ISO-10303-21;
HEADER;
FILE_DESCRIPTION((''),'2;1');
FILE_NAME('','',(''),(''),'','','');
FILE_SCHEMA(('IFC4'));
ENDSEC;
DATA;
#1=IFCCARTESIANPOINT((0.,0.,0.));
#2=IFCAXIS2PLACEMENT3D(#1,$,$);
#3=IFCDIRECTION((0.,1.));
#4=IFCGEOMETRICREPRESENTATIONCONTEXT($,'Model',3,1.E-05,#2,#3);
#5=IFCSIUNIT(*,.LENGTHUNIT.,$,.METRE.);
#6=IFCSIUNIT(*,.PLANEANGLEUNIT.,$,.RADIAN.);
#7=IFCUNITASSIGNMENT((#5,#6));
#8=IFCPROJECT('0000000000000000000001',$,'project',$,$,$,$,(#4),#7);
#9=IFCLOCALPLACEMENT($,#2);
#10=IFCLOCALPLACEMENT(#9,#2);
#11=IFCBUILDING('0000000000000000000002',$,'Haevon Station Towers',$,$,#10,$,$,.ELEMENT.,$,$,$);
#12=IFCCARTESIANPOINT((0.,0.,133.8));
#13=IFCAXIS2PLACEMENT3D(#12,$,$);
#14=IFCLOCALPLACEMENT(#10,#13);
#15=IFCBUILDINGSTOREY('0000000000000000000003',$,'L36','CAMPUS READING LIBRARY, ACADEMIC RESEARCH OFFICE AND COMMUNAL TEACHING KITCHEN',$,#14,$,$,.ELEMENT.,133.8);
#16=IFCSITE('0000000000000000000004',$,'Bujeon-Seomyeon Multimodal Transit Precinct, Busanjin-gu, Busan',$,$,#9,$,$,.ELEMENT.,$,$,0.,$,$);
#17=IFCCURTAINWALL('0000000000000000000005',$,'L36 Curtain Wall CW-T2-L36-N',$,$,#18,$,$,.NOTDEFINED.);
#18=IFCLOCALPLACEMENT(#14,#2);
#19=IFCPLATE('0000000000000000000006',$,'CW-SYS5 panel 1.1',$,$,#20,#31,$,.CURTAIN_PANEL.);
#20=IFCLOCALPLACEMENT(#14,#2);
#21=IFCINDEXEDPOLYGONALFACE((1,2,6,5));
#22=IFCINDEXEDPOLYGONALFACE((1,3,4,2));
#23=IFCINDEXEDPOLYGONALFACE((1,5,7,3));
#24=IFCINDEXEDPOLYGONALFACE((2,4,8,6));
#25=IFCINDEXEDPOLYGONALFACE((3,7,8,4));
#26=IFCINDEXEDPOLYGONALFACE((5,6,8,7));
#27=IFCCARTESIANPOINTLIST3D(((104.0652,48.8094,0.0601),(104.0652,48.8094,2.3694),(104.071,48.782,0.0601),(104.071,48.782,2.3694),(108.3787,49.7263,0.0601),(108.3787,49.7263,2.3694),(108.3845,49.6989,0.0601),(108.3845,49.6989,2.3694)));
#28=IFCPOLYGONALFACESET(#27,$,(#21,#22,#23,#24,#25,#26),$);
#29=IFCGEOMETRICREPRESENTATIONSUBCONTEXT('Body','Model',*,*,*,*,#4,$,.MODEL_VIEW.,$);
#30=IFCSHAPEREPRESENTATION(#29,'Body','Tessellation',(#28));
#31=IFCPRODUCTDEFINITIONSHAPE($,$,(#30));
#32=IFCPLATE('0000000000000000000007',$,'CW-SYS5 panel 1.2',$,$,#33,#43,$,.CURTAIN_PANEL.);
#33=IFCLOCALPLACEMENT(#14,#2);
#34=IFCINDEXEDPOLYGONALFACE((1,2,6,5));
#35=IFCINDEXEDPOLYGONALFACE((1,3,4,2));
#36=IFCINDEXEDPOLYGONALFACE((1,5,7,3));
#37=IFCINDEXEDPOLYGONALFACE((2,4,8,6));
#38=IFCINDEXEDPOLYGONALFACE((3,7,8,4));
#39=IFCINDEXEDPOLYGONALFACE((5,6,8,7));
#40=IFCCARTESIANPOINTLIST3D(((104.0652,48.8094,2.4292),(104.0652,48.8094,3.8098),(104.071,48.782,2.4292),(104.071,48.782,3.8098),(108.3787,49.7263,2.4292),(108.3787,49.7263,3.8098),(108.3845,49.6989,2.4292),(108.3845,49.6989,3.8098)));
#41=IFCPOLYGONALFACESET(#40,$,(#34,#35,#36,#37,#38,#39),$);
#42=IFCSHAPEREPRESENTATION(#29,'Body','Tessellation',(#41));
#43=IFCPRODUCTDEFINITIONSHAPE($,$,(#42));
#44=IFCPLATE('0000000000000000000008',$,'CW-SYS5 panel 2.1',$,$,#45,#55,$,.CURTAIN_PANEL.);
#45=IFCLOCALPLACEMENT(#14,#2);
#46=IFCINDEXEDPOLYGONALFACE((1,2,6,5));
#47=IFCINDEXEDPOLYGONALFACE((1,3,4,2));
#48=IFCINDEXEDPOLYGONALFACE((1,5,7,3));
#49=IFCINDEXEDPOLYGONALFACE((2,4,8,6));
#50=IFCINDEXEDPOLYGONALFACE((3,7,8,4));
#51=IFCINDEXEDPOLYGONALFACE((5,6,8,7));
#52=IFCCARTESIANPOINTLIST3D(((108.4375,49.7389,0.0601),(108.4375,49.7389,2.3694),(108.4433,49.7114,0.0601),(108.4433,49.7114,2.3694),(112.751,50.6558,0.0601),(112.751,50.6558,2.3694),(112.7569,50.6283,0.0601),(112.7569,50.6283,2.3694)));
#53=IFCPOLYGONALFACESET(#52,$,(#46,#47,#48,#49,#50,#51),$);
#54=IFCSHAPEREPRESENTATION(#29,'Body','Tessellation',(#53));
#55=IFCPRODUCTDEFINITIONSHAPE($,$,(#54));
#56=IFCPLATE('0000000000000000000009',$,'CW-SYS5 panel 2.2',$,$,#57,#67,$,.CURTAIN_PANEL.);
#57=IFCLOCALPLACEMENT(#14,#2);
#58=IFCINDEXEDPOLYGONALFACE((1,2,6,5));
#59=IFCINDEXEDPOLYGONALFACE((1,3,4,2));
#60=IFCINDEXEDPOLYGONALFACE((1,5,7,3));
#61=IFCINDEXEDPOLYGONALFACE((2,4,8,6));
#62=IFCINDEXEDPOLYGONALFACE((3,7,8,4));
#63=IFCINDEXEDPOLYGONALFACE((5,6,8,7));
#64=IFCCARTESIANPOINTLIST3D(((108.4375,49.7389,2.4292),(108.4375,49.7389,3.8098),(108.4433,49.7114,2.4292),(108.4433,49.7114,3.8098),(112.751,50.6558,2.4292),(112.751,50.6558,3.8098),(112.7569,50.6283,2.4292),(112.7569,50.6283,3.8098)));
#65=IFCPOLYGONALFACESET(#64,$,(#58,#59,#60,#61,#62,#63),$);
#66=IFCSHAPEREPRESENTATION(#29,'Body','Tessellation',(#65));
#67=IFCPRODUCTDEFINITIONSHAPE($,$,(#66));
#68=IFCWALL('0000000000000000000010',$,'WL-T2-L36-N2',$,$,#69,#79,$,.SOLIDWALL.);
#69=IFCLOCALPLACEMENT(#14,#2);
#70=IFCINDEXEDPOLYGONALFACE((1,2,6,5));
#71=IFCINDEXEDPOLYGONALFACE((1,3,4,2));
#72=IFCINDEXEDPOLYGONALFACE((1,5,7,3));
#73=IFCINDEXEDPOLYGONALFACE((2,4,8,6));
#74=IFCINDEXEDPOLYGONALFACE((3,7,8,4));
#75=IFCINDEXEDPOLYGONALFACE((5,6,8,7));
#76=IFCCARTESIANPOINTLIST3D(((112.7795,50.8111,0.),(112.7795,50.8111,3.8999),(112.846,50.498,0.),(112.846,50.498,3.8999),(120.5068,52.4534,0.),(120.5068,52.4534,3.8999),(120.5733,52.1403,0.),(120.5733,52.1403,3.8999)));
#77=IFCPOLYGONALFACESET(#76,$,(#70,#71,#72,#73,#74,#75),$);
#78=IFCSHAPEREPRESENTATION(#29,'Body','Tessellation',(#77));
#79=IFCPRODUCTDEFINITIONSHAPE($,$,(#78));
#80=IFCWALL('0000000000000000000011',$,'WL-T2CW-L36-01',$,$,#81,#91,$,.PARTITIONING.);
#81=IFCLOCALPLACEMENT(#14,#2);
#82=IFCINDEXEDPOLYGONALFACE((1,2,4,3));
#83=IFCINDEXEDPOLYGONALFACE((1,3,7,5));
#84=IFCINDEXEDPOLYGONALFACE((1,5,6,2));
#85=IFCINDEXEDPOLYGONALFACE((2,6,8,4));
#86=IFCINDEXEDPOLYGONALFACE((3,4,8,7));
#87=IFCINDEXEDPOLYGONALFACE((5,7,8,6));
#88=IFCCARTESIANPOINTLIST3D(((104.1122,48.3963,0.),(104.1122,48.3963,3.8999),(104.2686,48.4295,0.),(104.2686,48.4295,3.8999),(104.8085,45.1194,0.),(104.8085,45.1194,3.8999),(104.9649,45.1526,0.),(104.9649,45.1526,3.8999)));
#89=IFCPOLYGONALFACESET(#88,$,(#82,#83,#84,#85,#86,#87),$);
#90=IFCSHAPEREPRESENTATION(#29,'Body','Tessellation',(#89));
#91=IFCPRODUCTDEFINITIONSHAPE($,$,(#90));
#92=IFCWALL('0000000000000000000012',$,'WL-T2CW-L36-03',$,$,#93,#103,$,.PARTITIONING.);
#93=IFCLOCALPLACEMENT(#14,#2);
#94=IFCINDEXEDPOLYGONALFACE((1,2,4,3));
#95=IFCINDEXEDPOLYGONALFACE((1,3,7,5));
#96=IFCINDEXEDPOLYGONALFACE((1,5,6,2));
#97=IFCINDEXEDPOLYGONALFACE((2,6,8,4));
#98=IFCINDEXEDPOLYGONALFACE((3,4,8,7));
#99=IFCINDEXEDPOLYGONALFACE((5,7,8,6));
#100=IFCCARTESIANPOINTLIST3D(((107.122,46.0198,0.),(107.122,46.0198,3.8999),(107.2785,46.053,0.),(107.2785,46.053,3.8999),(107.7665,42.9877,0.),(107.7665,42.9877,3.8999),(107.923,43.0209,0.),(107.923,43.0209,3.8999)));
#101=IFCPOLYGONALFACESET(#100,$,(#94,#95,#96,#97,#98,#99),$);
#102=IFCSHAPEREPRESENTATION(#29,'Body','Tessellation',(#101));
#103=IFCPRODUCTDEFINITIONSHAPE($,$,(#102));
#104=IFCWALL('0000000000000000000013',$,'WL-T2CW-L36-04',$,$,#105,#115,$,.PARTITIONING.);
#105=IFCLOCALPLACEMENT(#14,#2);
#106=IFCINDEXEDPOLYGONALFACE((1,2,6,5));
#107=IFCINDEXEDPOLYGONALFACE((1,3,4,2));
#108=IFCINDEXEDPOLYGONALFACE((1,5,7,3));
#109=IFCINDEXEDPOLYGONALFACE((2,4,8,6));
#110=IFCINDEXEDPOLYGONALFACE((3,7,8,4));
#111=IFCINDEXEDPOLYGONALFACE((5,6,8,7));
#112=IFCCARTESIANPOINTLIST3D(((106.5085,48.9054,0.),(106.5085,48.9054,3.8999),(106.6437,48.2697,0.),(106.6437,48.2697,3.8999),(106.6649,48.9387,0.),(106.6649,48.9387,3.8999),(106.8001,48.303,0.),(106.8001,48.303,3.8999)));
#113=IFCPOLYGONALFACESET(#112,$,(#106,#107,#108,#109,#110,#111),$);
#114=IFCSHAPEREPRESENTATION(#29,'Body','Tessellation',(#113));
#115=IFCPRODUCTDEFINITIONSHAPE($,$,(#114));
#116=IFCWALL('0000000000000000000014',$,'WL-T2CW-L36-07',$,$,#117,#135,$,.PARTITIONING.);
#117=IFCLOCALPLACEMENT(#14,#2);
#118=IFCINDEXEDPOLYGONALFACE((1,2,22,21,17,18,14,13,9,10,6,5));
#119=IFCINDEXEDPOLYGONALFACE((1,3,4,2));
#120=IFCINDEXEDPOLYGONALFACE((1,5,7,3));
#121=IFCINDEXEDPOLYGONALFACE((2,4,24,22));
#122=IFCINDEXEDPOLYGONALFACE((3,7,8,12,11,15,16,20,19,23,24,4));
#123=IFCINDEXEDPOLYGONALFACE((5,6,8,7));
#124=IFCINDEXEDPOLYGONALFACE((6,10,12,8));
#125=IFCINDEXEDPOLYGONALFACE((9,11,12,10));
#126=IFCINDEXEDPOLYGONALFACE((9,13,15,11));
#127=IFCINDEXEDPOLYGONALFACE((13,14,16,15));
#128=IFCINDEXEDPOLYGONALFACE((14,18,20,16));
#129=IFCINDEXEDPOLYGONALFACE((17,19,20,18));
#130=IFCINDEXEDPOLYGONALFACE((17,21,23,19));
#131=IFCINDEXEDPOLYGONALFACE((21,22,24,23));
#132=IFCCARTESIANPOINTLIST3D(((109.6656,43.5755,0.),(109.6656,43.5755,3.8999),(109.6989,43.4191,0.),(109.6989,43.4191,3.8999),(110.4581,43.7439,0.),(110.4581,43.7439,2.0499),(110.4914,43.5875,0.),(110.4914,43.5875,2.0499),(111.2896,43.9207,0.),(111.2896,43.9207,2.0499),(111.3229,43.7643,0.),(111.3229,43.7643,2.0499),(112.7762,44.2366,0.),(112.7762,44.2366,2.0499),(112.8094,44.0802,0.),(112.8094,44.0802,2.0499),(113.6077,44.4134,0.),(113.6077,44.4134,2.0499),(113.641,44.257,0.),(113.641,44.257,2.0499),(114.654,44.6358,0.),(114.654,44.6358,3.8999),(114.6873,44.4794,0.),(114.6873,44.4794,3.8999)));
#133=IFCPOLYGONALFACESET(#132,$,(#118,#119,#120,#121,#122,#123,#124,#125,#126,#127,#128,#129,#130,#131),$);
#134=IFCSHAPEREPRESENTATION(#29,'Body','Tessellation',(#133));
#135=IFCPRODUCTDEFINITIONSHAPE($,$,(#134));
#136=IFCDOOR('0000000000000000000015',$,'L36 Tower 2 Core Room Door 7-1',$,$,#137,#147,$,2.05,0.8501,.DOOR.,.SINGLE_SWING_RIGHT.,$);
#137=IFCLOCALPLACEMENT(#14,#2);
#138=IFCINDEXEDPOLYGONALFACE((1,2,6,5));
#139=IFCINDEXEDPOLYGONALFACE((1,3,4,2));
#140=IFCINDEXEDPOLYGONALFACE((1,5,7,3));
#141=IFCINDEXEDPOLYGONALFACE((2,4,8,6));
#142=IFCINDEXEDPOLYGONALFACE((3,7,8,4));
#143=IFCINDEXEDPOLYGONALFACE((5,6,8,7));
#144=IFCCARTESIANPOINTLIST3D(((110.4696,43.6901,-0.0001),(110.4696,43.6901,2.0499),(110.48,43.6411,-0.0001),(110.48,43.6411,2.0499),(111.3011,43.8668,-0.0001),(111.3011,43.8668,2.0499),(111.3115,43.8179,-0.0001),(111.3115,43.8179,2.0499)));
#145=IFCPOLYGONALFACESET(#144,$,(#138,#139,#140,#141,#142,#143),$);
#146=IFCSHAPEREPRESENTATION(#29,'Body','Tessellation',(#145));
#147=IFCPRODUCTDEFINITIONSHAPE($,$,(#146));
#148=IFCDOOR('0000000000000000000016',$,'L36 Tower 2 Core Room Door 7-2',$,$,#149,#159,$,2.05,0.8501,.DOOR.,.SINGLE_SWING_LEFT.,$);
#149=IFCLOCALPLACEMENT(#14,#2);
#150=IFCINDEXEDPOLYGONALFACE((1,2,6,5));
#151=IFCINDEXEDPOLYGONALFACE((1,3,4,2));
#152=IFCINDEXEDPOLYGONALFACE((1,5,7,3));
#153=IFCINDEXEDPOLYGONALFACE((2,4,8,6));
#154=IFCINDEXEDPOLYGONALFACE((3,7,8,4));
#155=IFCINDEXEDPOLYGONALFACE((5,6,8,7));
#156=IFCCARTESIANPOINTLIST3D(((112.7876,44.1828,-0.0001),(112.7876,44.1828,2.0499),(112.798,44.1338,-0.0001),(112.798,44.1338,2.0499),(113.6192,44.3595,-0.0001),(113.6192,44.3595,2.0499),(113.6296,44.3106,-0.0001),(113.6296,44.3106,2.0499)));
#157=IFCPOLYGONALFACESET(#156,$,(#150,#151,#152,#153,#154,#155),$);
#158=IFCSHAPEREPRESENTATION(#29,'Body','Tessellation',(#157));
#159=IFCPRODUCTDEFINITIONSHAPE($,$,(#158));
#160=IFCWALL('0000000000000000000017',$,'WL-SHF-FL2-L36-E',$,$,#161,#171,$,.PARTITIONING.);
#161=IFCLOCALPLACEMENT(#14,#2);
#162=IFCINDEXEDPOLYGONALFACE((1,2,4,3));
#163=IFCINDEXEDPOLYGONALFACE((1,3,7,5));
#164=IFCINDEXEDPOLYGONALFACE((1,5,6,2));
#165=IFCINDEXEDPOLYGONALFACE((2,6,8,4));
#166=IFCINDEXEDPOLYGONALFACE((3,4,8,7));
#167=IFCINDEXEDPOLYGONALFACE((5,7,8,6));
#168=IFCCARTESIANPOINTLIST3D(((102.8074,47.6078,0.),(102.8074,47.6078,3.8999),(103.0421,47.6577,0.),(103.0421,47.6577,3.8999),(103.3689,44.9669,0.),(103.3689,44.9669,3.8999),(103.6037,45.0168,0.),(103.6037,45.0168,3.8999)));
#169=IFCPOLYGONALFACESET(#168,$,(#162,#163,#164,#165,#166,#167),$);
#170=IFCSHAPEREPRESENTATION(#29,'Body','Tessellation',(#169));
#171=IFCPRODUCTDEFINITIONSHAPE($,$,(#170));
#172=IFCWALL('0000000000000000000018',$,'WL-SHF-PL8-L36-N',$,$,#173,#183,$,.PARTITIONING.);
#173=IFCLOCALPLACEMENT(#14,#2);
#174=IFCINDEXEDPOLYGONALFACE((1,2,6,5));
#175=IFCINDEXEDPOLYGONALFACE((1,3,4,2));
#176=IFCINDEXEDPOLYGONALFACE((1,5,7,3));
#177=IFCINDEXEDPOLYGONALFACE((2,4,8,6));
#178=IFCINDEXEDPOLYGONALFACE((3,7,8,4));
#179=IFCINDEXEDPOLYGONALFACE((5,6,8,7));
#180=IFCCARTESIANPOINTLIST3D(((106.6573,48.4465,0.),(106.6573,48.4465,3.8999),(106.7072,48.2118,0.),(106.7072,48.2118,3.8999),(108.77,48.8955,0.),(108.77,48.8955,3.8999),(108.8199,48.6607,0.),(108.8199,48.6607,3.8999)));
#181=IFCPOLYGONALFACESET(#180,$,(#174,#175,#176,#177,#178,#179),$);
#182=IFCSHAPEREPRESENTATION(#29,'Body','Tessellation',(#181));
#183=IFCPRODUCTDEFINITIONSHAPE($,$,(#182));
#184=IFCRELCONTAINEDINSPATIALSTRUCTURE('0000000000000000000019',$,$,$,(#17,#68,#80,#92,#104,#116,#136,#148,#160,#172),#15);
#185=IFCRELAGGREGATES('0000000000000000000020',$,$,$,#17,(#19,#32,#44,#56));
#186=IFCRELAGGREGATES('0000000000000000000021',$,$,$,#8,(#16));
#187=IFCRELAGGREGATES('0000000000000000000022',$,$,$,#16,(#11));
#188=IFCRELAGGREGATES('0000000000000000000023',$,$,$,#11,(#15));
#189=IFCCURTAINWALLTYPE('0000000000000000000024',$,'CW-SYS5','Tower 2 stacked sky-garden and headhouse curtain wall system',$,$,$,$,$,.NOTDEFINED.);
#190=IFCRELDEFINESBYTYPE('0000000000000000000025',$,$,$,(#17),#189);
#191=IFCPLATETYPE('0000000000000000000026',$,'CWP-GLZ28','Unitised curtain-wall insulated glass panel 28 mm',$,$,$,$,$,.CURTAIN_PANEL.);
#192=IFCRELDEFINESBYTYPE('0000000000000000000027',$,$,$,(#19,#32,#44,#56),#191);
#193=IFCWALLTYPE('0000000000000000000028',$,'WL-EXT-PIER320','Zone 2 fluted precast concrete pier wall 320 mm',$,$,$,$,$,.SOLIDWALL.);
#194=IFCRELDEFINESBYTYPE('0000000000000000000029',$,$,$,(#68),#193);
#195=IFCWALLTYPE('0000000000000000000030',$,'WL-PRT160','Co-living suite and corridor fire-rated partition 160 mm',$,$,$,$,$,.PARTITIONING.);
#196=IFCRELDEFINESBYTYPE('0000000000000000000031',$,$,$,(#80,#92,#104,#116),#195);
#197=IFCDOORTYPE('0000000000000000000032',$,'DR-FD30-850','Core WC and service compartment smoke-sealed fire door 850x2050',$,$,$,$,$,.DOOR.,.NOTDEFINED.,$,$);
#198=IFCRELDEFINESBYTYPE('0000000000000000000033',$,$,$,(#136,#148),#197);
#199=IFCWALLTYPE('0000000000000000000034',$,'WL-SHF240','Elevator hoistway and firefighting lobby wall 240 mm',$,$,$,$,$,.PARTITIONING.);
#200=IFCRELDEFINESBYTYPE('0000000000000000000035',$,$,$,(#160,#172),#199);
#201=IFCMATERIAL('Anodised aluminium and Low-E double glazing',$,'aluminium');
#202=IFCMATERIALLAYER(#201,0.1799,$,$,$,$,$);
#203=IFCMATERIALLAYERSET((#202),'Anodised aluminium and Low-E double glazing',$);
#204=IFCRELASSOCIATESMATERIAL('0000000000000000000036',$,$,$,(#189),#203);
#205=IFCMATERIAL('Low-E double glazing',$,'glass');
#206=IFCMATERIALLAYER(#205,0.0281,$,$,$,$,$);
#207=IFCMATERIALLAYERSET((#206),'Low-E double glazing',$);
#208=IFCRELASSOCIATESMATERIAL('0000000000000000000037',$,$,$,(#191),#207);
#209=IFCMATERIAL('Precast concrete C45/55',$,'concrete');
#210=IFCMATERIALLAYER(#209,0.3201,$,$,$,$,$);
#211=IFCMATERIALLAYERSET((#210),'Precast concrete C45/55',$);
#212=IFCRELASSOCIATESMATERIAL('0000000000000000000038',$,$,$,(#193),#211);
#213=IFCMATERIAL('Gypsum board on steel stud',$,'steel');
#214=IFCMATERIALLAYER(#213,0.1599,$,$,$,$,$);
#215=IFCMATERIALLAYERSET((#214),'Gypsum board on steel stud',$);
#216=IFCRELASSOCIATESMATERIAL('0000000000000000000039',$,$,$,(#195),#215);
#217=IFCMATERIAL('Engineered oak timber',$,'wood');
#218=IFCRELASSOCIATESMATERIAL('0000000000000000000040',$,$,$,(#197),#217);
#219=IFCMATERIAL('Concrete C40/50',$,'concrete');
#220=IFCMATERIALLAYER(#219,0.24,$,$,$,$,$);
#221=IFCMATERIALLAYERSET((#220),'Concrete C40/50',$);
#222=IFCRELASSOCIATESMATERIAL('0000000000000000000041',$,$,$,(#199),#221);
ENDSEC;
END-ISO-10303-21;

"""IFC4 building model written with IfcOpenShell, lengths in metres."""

from ifc_helpers import new_model, si_unit, direction, frame, frame_2d, origin, origin_2d, place, context, subcontext, project, spatial, rectangle, extrude, material, layer, layer_set, type_object, element, fill, aggregate, save


model = new_model("IFC4")

# Units and contexts
model_context = context("Model", 3, precision=1e-05, world=origin(), true_north=direction((0.0, 1.0)))
body_context = subcontext(model_context, "Body", "Model", "MODEL_VIEW")
ifc_project = project(units=[si_unit("LENGTHUNIT", "METRE"), si_unit("PLANEANGLEUNIT", "RADIAN")], contexts=[model_context])

# Site, building, storey
site_placement = place(None, origin())
site = spatial("IfcSite", under=ifc_project, at=site_placement, Name="Bujeon-Seomyeon Multimodal Transit Precinct, Busanjin-gu, Busan", CompositionType="ELEMENT", RefElevation=0.0)
building_placement = place(site_placement, origin())
building = spatial("IfcBuilding", under=site, at=building_placement, Name="Haevon Station Towers", CompositionType="ELEMENT")
storey_placement = place(building_placement, frame((0.0, 0.0, 133.8)))
storey = spatial("IfcBuildingStorey", under=building, at=storey_placement, Name="L36", Description="CAMPUS READING LIBRARY, ACADEMIC RESEARCH OFFICE AND COMMUNAL TEACHING KITCHEN", CompositionType="ELEMENT", Elevation=133.8)

# Curtain wall, plates
ifc_material_1 = material(Name="Anodised aluminium and Low-E double glazing", Category="aluminium")
ifc_layer_1 = layer(ifc_material_1, 0.1799)
ifc_layer_set_1 = layer_set([ifc_layer_1], Name="Anodised aluminium and Low-E double glazing")
curtain_wall_type = type_object("IfcCurtainWallType", Name="CW-SYS5", Description="Tower 2 stacked sky-garden and headhouse curtain wall system", PredefinedType="NOTDEFINED", material=ifc_layer_set_1)
curtain_wall_placement = place(storey_placement, origin())
curtain_wall = element("IfcCurtainWall", 1, at=curtain_wall_placement, inside=storey, type_object=curtain_wall_type, Name="L36 Curtain Wall CW-T2-L36-N", PredefinedType="NOTDEFINED")
ifc_material_2 = material(Name="Low-E double glazing", Category="glass")
ifc_layer_2 = layer(ifc_material_2, 0.0281)
ifc_layer_set_2 = layer_set([ifc_layer_2], Name="Low-E double glazing")
plate_type = type_object("IfcPlateType", Name="CWP-GLZ28", Description="Unitised curtain-wall insulated glass panel 28 mm", PredefinedType="CURTAIN_PANEL", material=ifc_layer_set_2)
plate_1_placement = place(storey_placement, frame((106.2249, 49.2542, 0.0601), z_axis=(0.0, 0.0, 1.0), x_axis=(0.978148, 0.207912, 0.0)))
plate_1 = element("IfcPlate", 2, at=plate_1_placement, type_object=plate_type, Name="CW-SYS5 panel 1.1", PredefinedType="CURTAIN_PANEL", context=body_context, shape_type="SweptSolid", body=[
    extrude(rectangle(XDim=4.4099, YDim=0.0281, at=origin_2d()), origin(), (0.0, 0.0, 1.0), 2.3093),
])
plate_2_placement = place(storey_placement, frame((106.2249, 49.2542, 2.4292), z_axis=(0.0, 0.0, 1.0), x_axis=(0.978148, 0.207912, 0.0)))
plate_2 = element("IfcPlate", 3, at=plate_2_placement, type_object=plate_type, Name="CW-SYS5 panel 1.2", PredefinedType="CURTAIN_PANEL", context=body_context, shape_type="SweptSolid", body=[
    extrude(rectangle(XDim=4.4099, YDim=0.0281, at=origin_2d()), origin(), (0.0, 0.0, 1.0), 1.3806),
])
plate_3_placement = place(storey_placement, frame((110.5972, 50.1836, 0.0601), z_axis=(0.0, 0.0, 1.0), x_axis=(0.978148, 0.207912, 0.0)))
plate_3 = element("IfcPlate", 4, at=plate_3_placement, type_object=plate_type, Name="CW-SYS5 panel 2.1", PredefinedType="CURTAIN_PANEL", context=body_context, shape_type="SweptSolid", body=[
    extrude(rectangle(XDim=4.4099, YDim=0.0281, at=origin_2d()), origin(), (0.0, 0.0, 1.0), 2.3093),
])
plate_4_placement = place(storey_placement, frame((110.5972, 50.1836, 2.4292), z_axis=(0.0, 0.0, 1.0), x_axis=(0.978148, 0.207912, 0.0)))
plate_4 = element("IfcPlate", 5, at=plate_4_placement, type_object=plate_type, Name="CW-SYS5 panel 2.2", PredefinedType="CURTAIN_PANEL", context=body_context, shape_type="SweptSolid", body=[
    extrude(rectangle(XDim=4.4099, YDim=0.0281, at=origin_2d()), origin(), (0.0, 0.0, 1.0), 1.3806),
])
aggregate(curtain_wall, [plate_1, plate_2, plate_3, plate_4])

# Walls
ifc_material_3 = material(Name="Precast concrete C45/55", Category="concrete")
ifc_layer_3 = layer(ifc_material_3, 0.3201)
ifc_layer_set_3 = layer_set([ifc_layer_3], Name="Precast concrete C45/55")
wall_type_1 = type_object("IfcWallType", Name="WL-EXT-PIER320", Description="Zone 2 fluted precast concrete pier wall 320 mm", PredefinedType="SOLIDWALL", material=ifc_layer_set_3)
wall_1_placement = place(storey_placement, frame((112.8127, 50.6545, 0.0), z_axis=(0.0, 0.0, 1.0), x_axis=(0.978152, 0.207893, 0.0)))
element("IfcWall", 6, at=wall_1_placement, inside=storey, type_object=wall_type_1, Name="WL-T2-L36-N2", PredefinedType="SOLIDWALL", context=body_context, shape_type="SweptSolid", body=[
    extrude(rectangle(XDim=7.8999, YDim=0.3201, at=frame_2d((3.95, 0.0))), origin(), (0.0, 0.0, 1.0), 3.8999),
])
ifc_material_4 = material(Name="Gypsum board on steel stud", Category="steel")
ifc_layer_4 = layer(ifc_material_4, 0.1599)
ifc_layer_set_4 = layer_set([ifc_layer_4], Name="Gypsum board on steel stud")
wall_type_2 = type_object("IfcWallType", Name="WL-PRT160", Description="Co-living suite and corridor fire-rated partition 160 mm", PredefinedType="PARTITIONING", material=ifc_layer_set_4)
wall_2_placement = place(storey_placement, frame((104.8867, 45.136, 0.0), z_axis=(0.0, 0.0, 1.0), x_axis=(-0.207847, 0.978161, 0.0)))
element("IfcWall", 7, at=wall_2_placement, inside=storey, type_object=wall_type_2, Name="WL-T2CW-L36-01", PredefinedType="PARTITIONING", context=body_context, shape_type="SweptSolid", body=[
    extrude(rectangle(XDim=3.3501, YDim=0.1599, at=frame_2d((1.675, 0.0))), origin(), (0.0, 0.0, 1.0), 3.8999),
])
wall_3_placement = place(storey_placement, frame((107.8447, 43.0044, 0.0), z_axis=(0.0, 0.0, 1.0), x_axis=(-0.207915, 0.978147, 0.0)))
element("IfcWall", 8, at=wall_3_placement, inside=storey, type_object=wall_type_2, Name="WL-T2CW-L36-03", PredefinedType="PARTITIONING", context=body_context, shape_type="SweptSolid", body=[
    extrude(rectangle(XDim=3.0999, YDim=0.1599, at=frame_2d((1.5498, 0.0))), origin(), (0.0, 0.0, 1.0), 3.8999),
])
wall_4_placement = place(storey_placement, frame((106.7219, 48.2864, 0.0), z_axis=(0.0, 0.0, 1.0), x_axis=(-0.208092, 0.978109, 0.0)))
element("IfcWall", 9, at=wall_4_placement, inside=storey, type_object=wall_type_2, Name="WL-T2CW-L36-04", PredefinedType="PARTITIONING", context=body_context, shape_type="SweptSolid", body=[
    extrude(rectangle(XDim=0.6499, YDim=0.1599, at=frame_2d((0.325, 0.0))), origin(), (0.0, 0.0, 1.0), 3.8999),
])

# Wall, openings, doors
wall_5_placement = place(storey_placement, frame((109.6824, 43.4973, 0.0), z_axis=(0.0, 0.0, 1.0), x_axis=(0.978149, 0.207904, 0.0)))
wall_5 = element("IfcWall", 10, at=wall_5_placement, inside=storey, type_object=wall_type_2, Name="WL-T2CW-L36-07", PredefinedType="PARTITIONING", context=body_context, shape_type="SweptSolid", body=[
    extrude(rectangle(XDim=5.0999, YDim=0.1599, at=frame_2d((2.5498, 0.0))), origin(), (0.0, 0.0, 1.0), 3.8999),
])
opening_1_placement = place(wall_5_placement, frame((0.8101, 0.0, 0.0)))
opening_1 = element("IfcOpeningElement", 11, at=opening_1_placement, cuts=wall_5, PredefinedType="OPENING", context=body_context, shape_type="SweptSolid", body=[
    extrude(rectangle(XDim=0.8501, YDim=2.05, at=frame_2d((0.425, 1.0249))), frame((0.0, 0.0898, 0.0), z_axis=(0.0, -1.0, 0.0), x_axis=(1.0, 0.0, 0.0)), (0.0, 0.0, 1.0), 0.1799),
])
opening_2_placement = place(wall_5_placement, frame((3.1799, 0.0, 0.0)))
opening_2 = element("IfcOpeningElement", 12, at=opening_2_placement, cuts=wall_5, PredefinedType="OPENING", context=body_context, shape_type="SweptSolid", body=[
    extrude(rectangle(XDim=0.8501, YDim=2.05, at=frame_2d((0.425, 1.0249))), frame((0.0, 0.0898, 0.0), z_axis=(0.0, -1.0, 0.0), x_axis=(1.0, 0.0, 0.0)), (0.0, 0.0, 1.0), 0.1799),
])
ifc_material_5 = material(Name="Engineered oak timber", Category="wood")
door_type_1 = type_object("IfcDoorType", Name="DR-FD30-850", Description="Core WC and service compartment smoke-sealed fire door 850x2050", OperationType="NOTDEFINED", PredefinedType="DOOR", material=ifc_material_5)
door_1_placement = place(opening_1_placement, origin())
door_1 = element("IfcDoor", 13, at=door_1_placement, inside=storey, type_object=door_type_1, Name="L36 Tower 2 Core Room Door 7-1", OperationType="SINGLE_SWING_RIGHT", OverallHeight=2.05, OverallWidth=0.8501, PredefinedType="DOOR", context=body_context, shape_type="SweptSolid", body=[
    extrude(rectangle(XDim=0.8501, YDim=2.05, at=frame_2d((0.425, 1.0249))), frame((0.0, 0.0249, 0.0), z_axis=(0.0, -1.0, 0.0), x_axis=(1.0, 0.0, 0.0)), (0.0, 0.0, 1.0), 0.05),
])
fill(opening_1, door_1)
door_2_placement = place(opening_2_placement, origin())
door_2 = element("IfcDoor", 14, at=door_2_placement, inside=storey, type_object=door_type_1, Name="L36 Tower 2 Core Room Door 7-2", OperationType="SINGLE_SWING_LEFT", OverallHeight=2.05, OverallWidth=0.8501, PredefinedType="DOOR", context=body_context, shape_type="SweptSolid", body=[
    extrude(rectangle(XDim=0.8501, YDim=2.05, at=frame_2d((0.425, 1.0249))), frame((0.0, 0.0249, 0.0), z_axis=(0.0, -1.0, 0.0), x_axis=(1.0, 0.0, 0.0)), (0.0, 0.0, 1.0), 0.05),
])
fill(opening_2, door_2)

# Wall
ifc_material_6 = material(Name="Concrete C40/50", Category="concrete")
ifc_layer_5 = layer(ifc_material_6, 0.24)
ifc_layer_set_5 = layer_set([ifc_layer_5], Name="Concrete C40/50")
wall_type_3 = type_object("IfcWallType", Name="WL-SHF240", Description="Elevator hoistway and firefighting lobby wall 240 mm", PredefinedType="PARTITIONING", material=ifc_layer_set_5)
wall_6_placement = place(storey_placement, frame((103.4863, 44.9917, 0.0), z_axis=(0.0, 0.0, 1.0), x_axis=(-0.207979, 0.978133, 0.0)))
element("IfcWall", 15, at=wall_6_placement, inside=storey, type_object=wall_type_3, Name="WL-SHF-FL2-L36-E", PredefinedType="PARTITIONING", context=body_context, shape_type="SweptSolid", body=[
    extrude(rectangle(XDim=2.7, YDim=0.24, at=frame_2d((1.3501, 0.0))), origin(), (0.0, 0.0, 1.0), 3.8999),
])

# Wall
wall_7_placement = place(storey_placement, frame((106.6821, 48.3291, 0.0), z_axis=(0.0, 0.0, 1.0), x_axis=(0.978158, 0.207861, 0.0)))
element("IfcWall", 16, at=wall_7_placement, inside=storey, type_object=wall_type_3, Name="WL-SHF-PL8-L36-N", PredefinedType="PARTITIONING", context=body_context, shape_type="SweptSolid", body=[
    extrude(rectangle(XDim=2.1599, YDim=0.24, at=frame_2d((1.0801, 0.0))), origin(), (0.0, 0.0, 1.0), 3.8999),
])

save(model, "model.ifc")
